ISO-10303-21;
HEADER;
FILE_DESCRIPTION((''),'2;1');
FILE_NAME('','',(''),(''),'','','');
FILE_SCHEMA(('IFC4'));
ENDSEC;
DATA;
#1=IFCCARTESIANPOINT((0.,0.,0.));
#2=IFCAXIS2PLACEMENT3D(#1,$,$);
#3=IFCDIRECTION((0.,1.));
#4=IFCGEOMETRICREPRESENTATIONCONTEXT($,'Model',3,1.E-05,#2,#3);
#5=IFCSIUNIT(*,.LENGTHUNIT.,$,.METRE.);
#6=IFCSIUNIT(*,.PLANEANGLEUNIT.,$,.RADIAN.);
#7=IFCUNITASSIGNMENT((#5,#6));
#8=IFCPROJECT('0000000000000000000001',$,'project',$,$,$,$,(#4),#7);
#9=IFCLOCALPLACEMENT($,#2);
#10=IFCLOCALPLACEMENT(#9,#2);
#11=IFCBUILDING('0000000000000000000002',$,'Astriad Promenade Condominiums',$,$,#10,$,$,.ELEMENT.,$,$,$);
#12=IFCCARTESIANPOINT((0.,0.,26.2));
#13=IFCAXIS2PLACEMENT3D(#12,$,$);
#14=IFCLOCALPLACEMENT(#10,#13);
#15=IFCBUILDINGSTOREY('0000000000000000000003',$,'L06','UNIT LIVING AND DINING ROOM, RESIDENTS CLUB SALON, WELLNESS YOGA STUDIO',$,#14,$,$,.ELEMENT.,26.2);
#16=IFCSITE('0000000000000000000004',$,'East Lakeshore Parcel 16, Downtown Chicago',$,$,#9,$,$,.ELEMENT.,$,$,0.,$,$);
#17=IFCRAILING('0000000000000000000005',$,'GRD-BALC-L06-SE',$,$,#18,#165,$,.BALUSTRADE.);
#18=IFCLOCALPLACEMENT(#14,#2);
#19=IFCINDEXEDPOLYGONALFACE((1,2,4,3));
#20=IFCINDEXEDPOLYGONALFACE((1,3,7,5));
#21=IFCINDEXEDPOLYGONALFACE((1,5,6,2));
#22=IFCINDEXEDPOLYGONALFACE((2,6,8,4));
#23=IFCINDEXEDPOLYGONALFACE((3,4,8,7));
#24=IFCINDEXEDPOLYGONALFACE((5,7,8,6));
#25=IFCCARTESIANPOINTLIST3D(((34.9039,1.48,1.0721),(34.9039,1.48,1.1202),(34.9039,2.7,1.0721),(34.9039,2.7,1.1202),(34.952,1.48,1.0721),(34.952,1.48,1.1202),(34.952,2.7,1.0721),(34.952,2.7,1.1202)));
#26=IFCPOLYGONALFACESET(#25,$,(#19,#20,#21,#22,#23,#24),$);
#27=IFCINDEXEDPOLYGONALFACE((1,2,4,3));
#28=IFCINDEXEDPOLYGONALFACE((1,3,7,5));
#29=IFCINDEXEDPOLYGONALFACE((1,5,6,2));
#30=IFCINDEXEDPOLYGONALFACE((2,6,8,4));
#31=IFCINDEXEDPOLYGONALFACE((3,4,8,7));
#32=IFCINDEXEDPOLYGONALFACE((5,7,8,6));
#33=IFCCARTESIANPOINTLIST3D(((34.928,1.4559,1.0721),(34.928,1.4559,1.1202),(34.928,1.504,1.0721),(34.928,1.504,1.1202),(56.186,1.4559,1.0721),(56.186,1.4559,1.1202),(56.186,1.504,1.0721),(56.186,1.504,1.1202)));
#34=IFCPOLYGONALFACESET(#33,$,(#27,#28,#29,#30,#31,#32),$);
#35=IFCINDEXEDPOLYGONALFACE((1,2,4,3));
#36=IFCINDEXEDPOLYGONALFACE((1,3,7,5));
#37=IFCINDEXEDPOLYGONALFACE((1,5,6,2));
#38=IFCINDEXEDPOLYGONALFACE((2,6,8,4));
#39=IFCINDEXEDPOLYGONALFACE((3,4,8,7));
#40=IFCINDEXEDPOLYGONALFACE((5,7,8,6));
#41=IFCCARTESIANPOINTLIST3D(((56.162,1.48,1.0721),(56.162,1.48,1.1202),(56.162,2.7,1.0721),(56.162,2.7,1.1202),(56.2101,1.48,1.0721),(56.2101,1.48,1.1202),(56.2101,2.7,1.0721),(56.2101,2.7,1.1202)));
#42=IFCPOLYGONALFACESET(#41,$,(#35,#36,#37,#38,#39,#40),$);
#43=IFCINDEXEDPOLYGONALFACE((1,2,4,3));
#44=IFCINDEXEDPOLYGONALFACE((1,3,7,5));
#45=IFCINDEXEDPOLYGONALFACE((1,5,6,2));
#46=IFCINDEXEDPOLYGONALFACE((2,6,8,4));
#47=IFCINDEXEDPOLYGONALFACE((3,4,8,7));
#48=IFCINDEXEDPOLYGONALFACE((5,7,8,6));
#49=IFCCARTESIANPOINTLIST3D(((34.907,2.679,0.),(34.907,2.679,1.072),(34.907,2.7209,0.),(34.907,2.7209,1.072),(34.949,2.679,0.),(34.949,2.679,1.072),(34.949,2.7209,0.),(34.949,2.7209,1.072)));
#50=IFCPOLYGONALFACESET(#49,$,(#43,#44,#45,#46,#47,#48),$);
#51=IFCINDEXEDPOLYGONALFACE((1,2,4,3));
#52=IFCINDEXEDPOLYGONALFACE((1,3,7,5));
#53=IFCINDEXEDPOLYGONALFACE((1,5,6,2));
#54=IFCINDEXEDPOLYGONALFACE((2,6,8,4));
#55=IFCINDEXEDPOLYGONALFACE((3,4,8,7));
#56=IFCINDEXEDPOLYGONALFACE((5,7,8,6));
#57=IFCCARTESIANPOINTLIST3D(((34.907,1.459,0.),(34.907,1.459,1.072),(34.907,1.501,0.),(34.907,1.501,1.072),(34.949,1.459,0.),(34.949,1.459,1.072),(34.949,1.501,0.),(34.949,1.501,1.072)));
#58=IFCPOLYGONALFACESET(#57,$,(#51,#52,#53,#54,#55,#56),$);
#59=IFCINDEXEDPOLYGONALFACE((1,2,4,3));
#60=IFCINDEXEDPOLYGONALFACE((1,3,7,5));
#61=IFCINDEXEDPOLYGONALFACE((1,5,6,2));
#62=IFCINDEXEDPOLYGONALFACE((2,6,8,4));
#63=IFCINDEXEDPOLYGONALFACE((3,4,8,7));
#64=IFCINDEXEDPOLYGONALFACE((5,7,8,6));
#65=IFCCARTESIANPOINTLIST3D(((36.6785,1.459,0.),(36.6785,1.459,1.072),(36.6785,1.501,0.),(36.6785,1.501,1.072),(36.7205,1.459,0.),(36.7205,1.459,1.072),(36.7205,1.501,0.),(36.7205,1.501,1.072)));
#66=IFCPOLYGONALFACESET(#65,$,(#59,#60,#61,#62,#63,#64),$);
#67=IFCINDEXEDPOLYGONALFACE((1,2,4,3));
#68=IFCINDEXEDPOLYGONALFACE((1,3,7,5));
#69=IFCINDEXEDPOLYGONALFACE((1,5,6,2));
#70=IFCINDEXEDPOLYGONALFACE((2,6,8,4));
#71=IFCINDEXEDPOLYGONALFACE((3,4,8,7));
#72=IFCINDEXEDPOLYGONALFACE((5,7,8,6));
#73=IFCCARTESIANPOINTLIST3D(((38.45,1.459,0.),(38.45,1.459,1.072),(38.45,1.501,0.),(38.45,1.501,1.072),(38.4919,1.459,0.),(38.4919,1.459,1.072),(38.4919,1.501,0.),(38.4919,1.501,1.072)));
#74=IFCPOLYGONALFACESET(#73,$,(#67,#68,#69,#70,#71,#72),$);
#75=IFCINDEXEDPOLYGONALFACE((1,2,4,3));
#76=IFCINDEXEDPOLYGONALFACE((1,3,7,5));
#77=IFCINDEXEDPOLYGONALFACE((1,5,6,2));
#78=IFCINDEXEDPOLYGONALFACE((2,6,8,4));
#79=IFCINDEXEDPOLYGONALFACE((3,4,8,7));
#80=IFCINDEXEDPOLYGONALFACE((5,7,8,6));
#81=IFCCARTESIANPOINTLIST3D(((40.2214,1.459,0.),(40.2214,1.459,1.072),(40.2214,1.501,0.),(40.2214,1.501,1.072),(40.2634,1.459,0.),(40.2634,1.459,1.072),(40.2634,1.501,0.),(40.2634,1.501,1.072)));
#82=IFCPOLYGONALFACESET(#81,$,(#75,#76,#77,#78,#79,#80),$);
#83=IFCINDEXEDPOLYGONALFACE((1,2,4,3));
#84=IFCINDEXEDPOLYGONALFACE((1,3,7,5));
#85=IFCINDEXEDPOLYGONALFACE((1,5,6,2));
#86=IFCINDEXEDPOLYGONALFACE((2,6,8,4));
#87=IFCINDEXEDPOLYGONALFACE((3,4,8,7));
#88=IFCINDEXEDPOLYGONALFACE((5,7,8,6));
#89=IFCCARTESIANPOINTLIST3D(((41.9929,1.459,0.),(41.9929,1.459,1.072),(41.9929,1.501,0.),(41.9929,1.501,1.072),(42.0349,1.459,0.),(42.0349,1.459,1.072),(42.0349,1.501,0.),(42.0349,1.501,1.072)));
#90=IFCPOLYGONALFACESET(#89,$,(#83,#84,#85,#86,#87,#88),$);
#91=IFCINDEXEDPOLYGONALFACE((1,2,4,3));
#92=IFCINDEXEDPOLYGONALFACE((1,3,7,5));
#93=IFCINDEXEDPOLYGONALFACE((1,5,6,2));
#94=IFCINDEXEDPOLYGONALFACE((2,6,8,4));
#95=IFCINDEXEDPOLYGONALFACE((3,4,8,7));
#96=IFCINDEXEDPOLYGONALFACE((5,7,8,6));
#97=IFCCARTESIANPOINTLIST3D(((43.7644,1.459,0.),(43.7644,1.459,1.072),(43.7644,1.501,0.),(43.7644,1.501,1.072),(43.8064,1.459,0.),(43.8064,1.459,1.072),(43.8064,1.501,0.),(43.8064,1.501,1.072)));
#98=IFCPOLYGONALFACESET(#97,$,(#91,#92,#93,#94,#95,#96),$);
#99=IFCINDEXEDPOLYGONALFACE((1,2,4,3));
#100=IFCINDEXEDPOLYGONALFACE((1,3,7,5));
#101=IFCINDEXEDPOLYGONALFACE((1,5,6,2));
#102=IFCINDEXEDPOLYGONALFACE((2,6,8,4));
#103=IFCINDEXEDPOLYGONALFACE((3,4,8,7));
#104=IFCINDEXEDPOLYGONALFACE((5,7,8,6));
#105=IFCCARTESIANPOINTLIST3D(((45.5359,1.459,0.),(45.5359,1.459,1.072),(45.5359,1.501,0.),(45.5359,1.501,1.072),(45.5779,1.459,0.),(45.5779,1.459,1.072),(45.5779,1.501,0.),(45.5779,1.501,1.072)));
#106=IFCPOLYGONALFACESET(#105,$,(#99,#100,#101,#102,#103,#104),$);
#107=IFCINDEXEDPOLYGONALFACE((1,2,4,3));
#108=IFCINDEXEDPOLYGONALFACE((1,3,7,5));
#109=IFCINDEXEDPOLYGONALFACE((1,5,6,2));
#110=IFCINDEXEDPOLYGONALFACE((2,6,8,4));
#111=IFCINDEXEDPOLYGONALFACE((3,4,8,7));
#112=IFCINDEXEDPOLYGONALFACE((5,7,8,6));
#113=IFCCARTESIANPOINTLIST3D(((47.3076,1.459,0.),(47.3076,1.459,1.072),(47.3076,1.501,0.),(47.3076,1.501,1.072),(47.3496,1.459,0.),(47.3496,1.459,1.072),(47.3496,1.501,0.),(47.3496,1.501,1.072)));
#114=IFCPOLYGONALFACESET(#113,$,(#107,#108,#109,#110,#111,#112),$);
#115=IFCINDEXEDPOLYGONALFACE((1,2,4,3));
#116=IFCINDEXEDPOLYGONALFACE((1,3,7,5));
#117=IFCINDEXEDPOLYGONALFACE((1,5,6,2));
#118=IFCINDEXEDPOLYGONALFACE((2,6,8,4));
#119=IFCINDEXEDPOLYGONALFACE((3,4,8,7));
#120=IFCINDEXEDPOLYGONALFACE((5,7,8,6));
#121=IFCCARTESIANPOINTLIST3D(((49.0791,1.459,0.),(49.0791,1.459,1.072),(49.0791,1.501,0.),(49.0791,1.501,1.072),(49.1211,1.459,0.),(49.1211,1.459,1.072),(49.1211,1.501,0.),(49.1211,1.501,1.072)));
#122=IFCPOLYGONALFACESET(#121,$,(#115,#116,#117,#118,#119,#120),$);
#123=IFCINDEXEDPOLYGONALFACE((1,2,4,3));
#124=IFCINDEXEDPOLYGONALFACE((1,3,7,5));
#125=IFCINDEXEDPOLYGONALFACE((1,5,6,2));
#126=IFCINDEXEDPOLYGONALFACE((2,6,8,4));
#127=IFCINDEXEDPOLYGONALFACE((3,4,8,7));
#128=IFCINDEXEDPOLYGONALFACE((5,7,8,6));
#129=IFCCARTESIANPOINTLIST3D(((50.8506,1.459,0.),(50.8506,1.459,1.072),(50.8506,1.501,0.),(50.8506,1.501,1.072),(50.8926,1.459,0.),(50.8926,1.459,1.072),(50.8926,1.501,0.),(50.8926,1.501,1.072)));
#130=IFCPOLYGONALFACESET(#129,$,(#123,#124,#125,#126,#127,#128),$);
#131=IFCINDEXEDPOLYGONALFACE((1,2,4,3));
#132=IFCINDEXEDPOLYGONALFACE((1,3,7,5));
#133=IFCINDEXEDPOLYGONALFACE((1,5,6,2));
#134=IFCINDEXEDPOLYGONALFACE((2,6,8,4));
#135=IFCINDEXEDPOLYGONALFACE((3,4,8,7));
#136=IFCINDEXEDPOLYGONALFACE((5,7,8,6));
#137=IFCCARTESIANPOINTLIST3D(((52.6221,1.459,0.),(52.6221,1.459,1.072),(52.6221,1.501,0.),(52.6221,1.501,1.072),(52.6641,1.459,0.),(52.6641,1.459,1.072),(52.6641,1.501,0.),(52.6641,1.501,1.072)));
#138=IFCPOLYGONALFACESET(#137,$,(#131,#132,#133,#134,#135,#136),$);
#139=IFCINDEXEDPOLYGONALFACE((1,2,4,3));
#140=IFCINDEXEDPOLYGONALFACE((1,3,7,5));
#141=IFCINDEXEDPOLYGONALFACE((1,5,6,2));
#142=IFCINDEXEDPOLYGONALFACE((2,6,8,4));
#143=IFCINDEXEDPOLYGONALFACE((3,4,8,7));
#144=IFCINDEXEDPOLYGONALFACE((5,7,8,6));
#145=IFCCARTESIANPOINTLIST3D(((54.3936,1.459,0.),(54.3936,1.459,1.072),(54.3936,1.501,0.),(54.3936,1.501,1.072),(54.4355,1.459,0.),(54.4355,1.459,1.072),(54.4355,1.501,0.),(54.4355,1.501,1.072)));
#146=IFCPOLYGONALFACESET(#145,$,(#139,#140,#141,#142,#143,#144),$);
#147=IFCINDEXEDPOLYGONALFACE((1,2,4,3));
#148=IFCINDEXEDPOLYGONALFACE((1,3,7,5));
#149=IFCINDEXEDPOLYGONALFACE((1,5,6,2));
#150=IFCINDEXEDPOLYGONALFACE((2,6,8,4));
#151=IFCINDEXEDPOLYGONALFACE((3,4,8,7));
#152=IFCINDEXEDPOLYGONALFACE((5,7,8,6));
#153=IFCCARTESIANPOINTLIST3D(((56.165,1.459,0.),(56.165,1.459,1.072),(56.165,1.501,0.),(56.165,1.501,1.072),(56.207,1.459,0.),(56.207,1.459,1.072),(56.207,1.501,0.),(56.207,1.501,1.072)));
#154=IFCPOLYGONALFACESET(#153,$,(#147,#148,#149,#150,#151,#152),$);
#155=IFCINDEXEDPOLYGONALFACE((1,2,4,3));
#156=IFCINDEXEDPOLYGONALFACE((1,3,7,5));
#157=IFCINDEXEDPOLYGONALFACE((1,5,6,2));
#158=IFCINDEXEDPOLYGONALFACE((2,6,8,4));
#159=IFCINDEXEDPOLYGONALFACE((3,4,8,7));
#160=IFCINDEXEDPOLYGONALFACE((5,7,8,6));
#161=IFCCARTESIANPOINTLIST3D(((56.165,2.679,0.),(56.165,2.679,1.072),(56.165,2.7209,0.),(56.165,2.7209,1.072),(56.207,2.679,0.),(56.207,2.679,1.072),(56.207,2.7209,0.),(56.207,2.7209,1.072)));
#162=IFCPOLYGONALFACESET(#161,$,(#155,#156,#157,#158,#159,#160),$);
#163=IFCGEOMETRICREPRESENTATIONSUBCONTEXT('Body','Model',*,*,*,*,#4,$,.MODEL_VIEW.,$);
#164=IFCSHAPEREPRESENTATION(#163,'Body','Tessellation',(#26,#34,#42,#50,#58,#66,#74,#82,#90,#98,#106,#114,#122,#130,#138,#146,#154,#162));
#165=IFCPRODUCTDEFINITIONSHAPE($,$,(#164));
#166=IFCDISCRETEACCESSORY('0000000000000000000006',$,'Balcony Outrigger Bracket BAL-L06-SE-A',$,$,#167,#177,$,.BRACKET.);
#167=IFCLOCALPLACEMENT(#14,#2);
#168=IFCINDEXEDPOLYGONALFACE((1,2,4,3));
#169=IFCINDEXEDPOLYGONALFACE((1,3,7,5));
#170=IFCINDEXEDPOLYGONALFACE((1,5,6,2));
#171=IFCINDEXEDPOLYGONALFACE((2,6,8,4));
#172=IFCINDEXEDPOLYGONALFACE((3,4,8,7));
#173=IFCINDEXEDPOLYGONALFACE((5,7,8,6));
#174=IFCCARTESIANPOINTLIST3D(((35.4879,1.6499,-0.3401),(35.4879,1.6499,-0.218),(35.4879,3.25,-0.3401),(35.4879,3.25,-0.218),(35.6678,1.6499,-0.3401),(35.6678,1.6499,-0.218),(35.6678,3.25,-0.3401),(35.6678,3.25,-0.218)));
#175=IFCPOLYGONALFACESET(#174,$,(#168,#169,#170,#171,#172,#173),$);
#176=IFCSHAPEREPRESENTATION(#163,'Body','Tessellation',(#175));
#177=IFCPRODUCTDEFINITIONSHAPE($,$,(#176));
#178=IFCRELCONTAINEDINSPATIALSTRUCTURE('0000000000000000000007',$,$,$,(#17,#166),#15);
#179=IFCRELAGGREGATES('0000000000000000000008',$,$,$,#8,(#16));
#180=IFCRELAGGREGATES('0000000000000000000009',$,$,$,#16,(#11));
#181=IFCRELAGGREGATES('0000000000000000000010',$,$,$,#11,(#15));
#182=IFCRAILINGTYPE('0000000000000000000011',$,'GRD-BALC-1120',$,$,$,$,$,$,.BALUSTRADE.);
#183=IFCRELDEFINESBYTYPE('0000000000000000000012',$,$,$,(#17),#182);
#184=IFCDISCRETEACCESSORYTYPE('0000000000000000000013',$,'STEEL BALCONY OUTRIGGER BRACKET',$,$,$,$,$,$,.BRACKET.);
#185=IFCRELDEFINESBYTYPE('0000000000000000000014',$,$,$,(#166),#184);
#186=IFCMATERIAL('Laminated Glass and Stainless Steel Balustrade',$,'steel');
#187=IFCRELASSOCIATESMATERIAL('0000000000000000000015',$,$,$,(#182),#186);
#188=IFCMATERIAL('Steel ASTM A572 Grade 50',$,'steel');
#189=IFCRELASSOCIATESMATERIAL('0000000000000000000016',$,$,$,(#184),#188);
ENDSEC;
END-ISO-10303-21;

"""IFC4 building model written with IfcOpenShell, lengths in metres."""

from ifc_helpers import new_model, si_unit, direction, frame, origin, origin_2d, place, context, subcontext, project, spatial, rectangle, extrude, source, transform, mapped, material, type_object, type_shapes, element, save


model = new_model("IFC4")

# Units and contexts
model_context = context("Model", 3, precision=1e-05, world=origin(), true_north=direction((0.0, 1.0)))
body_context = subcontext(model_context, "Body", "Model", "MODEL_VIEW")
ifc_project = project(units=[si_unit("LENGTHUNIT", "METRE"), si_unit("PLANEANGLEUNIT", "RADIAN")], contexts=[model_context])

# Site, building, storey
site_placement = place(None, origin())
site = spatial("IfcSite", under=ifc_project, at=site_placement, Name="East Lakeshore Parcel 16, Downtown Chicago", CompositionType="ELEMENT", RefElevation=0.0)
building_placement = place(site_placement, origin())
building = spatial("IfcBuilding", under=site, at=building_placement, Name="Astriad Promenade Condominiums", CompositionType="ELEMENT")
storey_placement = place(building_placement, frame((0.0, 0.0, 26.2)))
storey = spatial("IfcBuildingStorey", under=building, at=storey_placement, Name="L06", Description="UNIT LIVING AND DINING ROOM, RESIDENTS CLUB SALON, WELLNESS YOGA STUDIO", CompositionType="ELEMENT", Elevation=26.2)

# Railing
ifc_material_1 = material(Name="Laminated Glass and Stainless Steel Balustrade", Category="steel")
railing_type = type_object("IfcRailingType", Name="GRD-BALC-1120", PredefinedType="BALUSTRADE", material=ifc_material_1)
shared_shape_1 = source(origin(), body_context, "Body", "SweptSolid", [
    extrude(rectangle(XDim=0.0481, YDim=0.0481, at=origin_2d()), frame((0.0, 0.0, 1.0962), z_axis=(0.0, -1.0, 0.0), x_axis=(1.0, 0.0, 0.0)), (0.0, 0.0, 1.0), 1.22),
    extrude(rectangle(XDim=0.0481, YDim=0.0481, at=origin_2d()), frame((0.0, -1.22, 1.0962), z_axis=(1.0, 0.0, 0.0), x_axis=(0.0, 1.0, 0.0)), (0.0, 0.0, 1.0), 21.2581),
    extrude(rectangle(XDim=0.0481, YDim=0.0481, at=origin_2d()), frame((21.2581, -1.22, 1.0962), z_axis=(0.0, 1.0, 0.0), x_axis=(-1.0, 0.0, 0.0)), (0.0, 0.0, 1.0), 1.22),
    extrude(rectangle(XDim=0.042, YDim=0.042, at=origin_2d()), origin(), (0.0, 0.0, 1.0), 1.072),
    extrude(rectangle(XDim=0.042, YDim=0.042, at=origin_2d()), frame((0.0, -1.22, 0.0)), (0.0, 0.0, 1.0), 1.072),
    extrude(rectangle(XDim=0.042, YDim=0.042, at=origin_2d()), frame((1.7715, -1.22, 0.0)), (0.0, 0.0, 1.0), 1.072),
    extrude(rectangle(XDim=0.042, YDim=0.042, at=origin_2d()), frame((3.543, -1.22, 0.0)), (0.0, 0.0, 1.0), 1.072),
    extrude(rectangle(XDim=0.042, YDim=0.042, at=origin_2d()), frame((5.3145, -1.22, 0.0)), (0.0, 0.0, 1.0), 1.072),
    extrude(rectangle(XDim=0.042, YDim=0.042, at=origin_2d()), frame((7.0859, -1.22, 0.0)), (0.0, 0.0, 1.0), 1.072),
    extrude(rectangle(XDim=0.042, YDim=0.042, at=origin_2d()), frame((8.8574, -1.22, 0.0)), (0.0, 0.0, 1.0), 1.072),
    extrude(rectangle(XDim=0.042, YDim=0.042, at=origin_2d()), frame((10.6289, -1.22, 0.0)), (0.0, 0.0, 1.0), 1.072),
    extrude(rectangle(XDim=0.042, YDim=0.042, at=origin_2d()), frame((12.4006, -1.22, 0.0)), (0.0, 0.0, 1.0), 1.072),
    extrude(rectangle(XDim=0.042, YDim=0.042, at=origin_2d()), frame((14.1721, -1.22, 0.0)), (0.0, 0.0, 1.0), 1.072),
    extrude(rectangle(XDim=0.042, YDim=0.042, at=origin_2d()), frame((15.9436, -1.22, 0.0)), (0.0, 0.0, 1.0), 1.072),
    extrude(rectangle(XDim=0.042, YDim=0.042, at=origin_2d()), frame((17.7151, -1.22, 0.0)), (0.0, 0.0, 1.0), 1.072),
    extrude(rectangle(XDim=0.042, YDim=0.042, at=origin_2d()), frame((19.4866, -1.22, 0.0)), (0.0, 0.0, 1.0), 1.072),
    extrude(rectangle(XDim=0.042, YDim=0.042, at=origin_2d()), frame((21.2581, -1.22, 0.0)), (0.0, 0.0, 1.0), 1.072),
    extrude(rectangle(XDim=0.042, YDim=0.042, at=origin_2d()), frame((21.2581, 0.0, 0.0)), (0.0, 0.0, 1.0), 1.072),
])
type_shapes(railing_type, [shared_shape_1])
railing_placement = place(storey_placement, frame((34.928, 2.7, 0.0)))
element("IfcRailing", 1, at=railing_placement, inside=storey, type_object=railing_type, Name="GRD-BALC-L06-SE", PredefinedType="BALUSTRADE", context=body_context, shape_type="MappedRepresentation", body=[
    mapped(shared_shape_1, transform((0.0, 0.0, 0.0), scale=1.0)),
])

# Discrete accessory
ifc_material_2 = material(Name="Steel ASTM A572 Grade 50", Category="steel")
discrete_accessory_type = type_object("IfcDiscreteAccessoryType", Name="STEEL BALCONY OUTRIGGER BRACKET", PredefinedType="BRACKET", material=ifc_material_2)
shared_shape_2 = source(origin(), body_context, "Body", "SweptSolid", [
    extrude(rectangle(XDim=1.6001, YDim=0.1799, at=origin_2d()), origin(), (0.0, 0.0, 1.0), 0.1221),
])
type_shapes(discrete_accessory_type, [shared_shape_2])
discrete_accessory_placement = place(storey_placement, frame((35.5779, 2.45, -0.3401), z_axis=(0.0, 0.0, 1.0), x_axis=(0.0, -1.0, 0.0)))
element("IfcDiscreteAccessory", 2, at=discrete_accessory_placement, inside=storey, type_object=discrete_accessory_type, Name="Balcony Outrigger Bracket BAL-L06-SE-A", PredefinedType="BRACKET", context=body_context, shape_type="MappedRepresentation", body=[
    mapped(shared_shape_2, transform((0.0, 0.0, 0.0), scale=1.0)),
])

save(model, "model.ifc")
